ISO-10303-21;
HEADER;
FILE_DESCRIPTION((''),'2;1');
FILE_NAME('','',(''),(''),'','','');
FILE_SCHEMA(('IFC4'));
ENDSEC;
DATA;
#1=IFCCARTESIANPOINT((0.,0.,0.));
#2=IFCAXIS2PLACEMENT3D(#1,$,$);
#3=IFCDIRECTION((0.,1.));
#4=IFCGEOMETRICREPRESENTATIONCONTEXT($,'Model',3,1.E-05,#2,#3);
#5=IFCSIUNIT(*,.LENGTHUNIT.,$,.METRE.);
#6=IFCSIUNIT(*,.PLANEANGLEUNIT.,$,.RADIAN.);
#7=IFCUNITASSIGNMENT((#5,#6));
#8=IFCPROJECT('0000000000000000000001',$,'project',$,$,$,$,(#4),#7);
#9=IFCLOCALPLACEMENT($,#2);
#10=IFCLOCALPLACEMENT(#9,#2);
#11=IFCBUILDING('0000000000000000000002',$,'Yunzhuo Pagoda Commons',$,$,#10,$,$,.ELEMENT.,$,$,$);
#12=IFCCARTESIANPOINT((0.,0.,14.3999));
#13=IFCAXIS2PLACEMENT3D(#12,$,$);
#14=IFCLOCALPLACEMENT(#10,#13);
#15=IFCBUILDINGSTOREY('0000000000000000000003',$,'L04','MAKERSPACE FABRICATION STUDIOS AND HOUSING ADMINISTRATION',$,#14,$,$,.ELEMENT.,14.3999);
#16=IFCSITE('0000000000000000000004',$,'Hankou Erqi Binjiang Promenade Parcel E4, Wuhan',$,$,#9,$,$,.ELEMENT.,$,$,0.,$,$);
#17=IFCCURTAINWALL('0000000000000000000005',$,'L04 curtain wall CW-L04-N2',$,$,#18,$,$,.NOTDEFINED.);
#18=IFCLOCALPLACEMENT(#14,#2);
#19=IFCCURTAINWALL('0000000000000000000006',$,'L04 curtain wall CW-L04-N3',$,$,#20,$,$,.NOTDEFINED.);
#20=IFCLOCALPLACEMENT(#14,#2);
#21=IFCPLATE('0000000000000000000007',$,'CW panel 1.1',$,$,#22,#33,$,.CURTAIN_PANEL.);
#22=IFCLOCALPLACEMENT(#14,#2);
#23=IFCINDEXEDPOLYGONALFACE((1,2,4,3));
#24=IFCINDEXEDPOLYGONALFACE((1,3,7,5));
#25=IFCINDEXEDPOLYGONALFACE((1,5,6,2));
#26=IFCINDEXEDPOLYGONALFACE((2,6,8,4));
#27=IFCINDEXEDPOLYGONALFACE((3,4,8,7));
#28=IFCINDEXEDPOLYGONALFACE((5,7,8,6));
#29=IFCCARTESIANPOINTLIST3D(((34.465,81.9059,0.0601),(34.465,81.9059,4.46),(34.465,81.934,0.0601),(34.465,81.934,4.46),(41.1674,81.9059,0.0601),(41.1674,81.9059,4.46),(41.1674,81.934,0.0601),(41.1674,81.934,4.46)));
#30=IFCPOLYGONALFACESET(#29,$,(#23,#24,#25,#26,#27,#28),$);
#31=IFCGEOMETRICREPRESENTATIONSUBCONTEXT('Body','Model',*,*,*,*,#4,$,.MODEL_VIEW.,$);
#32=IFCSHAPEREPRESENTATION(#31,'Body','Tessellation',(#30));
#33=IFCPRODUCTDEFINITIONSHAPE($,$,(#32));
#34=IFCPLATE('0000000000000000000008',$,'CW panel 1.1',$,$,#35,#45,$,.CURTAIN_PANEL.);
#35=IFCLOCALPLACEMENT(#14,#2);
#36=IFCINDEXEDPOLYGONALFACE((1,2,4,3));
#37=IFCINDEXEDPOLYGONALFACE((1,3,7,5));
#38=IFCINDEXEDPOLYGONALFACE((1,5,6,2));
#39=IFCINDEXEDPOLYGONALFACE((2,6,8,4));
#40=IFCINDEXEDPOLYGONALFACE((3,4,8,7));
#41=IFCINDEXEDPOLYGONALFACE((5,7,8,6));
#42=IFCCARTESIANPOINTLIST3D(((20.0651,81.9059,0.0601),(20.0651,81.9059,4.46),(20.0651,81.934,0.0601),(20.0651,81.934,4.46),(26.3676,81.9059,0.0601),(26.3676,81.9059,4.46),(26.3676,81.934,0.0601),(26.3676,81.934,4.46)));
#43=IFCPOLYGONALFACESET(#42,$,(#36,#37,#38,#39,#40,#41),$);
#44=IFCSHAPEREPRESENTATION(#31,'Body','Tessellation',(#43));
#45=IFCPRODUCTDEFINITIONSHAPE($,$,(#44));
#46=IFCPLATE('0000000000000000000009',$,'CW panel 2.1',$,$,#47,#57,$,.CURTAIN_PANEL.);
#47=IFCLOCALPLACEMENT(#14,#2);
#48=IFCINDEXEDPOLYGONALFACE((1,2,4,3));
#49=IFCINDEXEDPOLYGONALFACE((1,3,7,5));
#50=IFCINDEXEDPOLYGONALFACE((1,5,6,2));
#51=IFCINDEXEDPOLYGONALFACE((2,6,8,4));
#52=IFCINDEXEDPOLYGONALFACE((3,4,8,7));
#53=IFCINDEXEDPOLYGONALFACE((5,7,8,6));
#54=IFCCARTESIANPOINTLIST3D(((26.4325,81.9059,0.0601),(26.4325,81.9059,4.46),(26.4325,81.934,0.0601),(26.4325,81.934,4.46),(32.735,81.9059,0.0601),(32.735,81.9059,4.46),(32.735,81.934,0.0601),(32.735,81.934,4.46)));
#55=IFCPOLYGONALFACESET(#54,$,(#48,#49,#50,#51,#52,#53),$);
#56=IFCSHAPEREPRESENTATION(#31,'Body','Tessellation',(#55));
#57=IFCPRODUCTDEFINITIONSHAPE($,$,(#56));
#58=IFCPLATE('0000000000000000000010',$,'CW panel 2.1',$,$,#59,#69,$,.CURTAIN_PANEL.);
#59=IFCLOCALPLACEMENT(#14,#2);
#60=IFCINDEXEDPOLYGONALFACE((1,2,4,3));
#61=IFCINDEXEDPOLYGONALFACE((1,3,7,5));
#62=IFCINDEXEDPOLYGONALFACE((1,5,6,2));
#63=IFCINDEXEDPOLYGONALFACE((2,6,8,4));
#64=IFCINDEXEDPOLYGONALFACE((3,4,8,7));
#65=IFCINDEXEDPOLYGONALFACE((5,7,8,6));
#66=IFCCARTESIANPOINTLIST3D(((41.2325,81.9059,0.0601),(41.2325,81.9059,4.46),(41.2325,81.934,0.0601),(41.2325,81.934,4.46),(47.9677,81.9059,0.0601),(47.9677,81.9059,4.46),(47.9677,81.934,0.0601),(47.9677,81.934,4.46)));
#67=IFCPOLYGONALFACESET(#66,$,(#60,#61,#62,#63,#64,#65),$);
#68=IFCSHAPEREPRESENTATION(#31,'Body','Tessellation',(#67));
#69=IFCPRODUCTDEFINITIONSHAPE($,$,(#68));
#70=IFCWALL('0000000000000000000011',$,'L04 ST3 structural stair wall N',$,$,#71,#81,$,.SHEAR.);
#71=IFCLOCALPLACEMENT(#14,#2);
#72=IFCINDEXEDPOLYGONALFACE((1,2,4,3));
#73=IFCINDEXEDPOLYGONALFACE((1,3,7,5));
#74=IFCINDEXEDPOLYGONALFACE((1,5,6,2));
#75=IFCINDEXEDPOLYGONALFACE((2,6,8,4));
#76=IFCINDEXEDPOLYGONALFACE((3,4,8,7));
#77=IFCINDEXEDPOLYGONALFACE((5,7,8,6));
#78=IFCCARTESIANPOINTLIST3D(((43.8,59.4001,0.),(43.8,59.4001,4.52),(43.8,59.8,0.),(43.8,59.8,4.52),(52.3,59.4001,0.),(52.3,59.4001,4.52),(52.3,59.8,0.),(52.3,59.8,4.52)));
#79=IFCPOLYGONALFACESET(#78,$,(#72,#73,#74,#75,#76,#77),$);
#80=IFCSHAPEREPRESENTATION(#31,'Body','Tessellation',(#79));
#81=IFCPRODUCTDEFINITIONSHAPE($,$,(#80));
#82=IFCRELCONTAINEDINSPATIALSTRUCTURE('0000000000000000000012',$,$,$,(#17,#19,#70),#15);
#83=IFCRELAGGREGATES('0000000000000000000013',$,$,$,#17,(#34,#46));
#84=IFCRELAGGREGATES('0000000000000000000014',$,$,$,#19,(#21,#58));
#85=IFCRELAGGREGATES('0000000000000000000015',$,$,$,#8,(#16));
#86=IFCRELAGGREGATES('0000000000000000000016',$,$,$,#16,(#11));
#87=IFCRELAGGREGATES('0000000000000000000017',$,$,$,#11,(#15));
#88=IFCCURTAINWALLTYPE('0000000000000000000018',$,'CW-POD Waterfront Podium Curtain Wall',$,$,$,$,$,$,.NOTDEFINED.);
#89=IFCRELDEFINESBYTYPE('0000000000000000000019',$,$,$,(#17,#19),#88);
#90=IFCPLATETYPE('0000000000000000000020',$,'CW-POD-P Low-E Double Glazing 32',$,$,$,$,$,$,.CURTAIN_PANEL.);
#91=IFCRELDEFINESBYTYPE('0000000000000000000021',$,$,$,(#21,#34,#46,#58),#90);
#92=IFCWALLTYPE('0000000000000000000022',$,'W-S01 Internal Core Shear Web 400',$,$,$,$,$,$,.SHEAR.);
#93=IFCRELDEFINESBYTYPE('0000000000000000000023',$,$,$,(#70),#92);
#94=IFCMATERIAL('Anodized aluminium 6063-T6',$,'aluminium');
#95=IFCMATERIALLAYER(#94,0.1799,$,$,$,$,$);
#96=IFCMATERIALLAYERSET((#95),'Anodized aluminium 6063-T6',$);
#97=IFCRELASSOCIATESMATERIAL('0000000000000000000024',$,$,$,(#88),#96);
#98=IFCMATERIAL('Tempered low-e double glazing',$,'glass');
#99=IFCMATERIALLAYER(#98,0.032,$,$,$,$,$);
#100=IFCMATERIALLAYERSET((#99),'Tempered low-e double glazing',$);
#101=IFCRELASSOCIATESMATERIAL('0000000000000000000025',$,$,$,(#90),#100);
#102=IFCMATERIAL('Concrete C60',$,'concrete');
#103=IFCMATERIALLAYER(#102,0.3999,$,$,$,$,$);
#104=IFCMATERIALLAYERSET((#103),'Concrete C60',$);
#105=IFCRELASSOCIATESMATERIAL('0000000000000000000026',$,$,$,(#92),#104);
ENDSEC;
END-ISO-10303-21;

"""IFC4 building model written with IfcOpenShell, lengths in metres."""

from ifc_helpers import new_model, si_unit, direction, frame, frame_2d, origin, origin_2d, place, context, subcontext, project, spatial, rectangle, extrude, source, transform, mapped, material, layer, layer_set, type_object, element, aggregate, save


model = new_model("IFC4")

# Units and contexts
model_context = context("Model", 3, precision=1e-05, world=origin(), true_north=direction((0.0, 1.0)))
body_context = subcontext(model_context, "Body", "Model", "MODEL_VIEW")
ifc_project = project(units=[si_unit("LENGTHUNIT", "METRE"), si_unit("PLANEANGLEUNIT", "RADIAN")], contexts=[model_context])

# Site, building, storey
site_placement = place(None, origin())
site = spatial("IfcSite", under=ifc_project, at=site_placement, Name="Hankou Erqi Binjiang Promenade Parcel E4, Wuhan", CompositionType="ELEMENT", RefElevation=0.0)
building_placement = place(site_placement, origin())
building = spatial("IfcBuilding", under=site, at=building_placement, Name="Yunzhuo Pagoda Commons", CompositionType="ELEMENT")
storey_placement = place(building_placement, frame((0.0, 0.0, 14.3999)))
storey = spatial("IfcBuildingStorey", under=building, at=storey_placement, Name="L04", Description="MAKERSPACE FABRICATION STUDIOS AND HOUSING ADMINISTRATION", CompositionType="ELEMENT", Elevation=14.3999)

# Curtain walls
ifc_material_1 = material(Name="Anodized aluminium 6063-T6", Category="aluminium")
ifc_layer_1 = layer(ifc_material_1, 0.1799)
ifc_layer_set_1 = layer_set([ifc_layer_1], Name="Anodized aluminium 6063-T6")
curtain_wall_type = type_object("IfcCurtainWallType", Name="CW-POD Waterfront Podium Curtain Wall", PredefinedType="NOTDEFINED", material=ifc_layer_set_1)
curtain_wall_1_placement = place(storey_placement, origin())
curtain_wall_1 = element("IfcCurtainWall", 1, at=curtain_wall_1_placement, inside=storey, type_object=curtain_wall_type, Name="L04 curtain wall CW-L04-N2", PredefinedType="NOTDEFINED")
curtain_wall_2_placement = place(storey_placement, origin())
curtain_wall_2 = element("IfcCurtainWall", 2, at=curtain_wall_2_placement, inside=storey, type_object=curtain_wall_type, Name="L04 curtain wall CW-L04-N3", PredefinedType="NOTDEFINED")

# Plates
ifc_material_2 = material(Name="Tempered low-e double glazing", Category="glass")
ifc_layer_2 = layer(ifc_material_2, 0.032)
ifc_layer_set_2 = layer_set([ifc_layer_2], Name="Tempered low-e double glazing")
plate_type = type_object("IfcPlateType", Name="CW-POD-P Low-E Double Glazing 32", PredefinedType="CURTAIN_PANEL", material=ifc_layer_set_2)
shared_shape_1 = source(origin(), body_context, "Body", "SweptSolid", [
    extrude(rectangle(XDim=6.7024, YDim=0.0281, at=origin_2d()), origin(), (0.0, 0.0, 1.0), 4.3999),
])
plate_1_placement = place(storey_placement, frame((37.8162, 81.9199, 0.0601), z_axis=(0.0, 0.0, 1.0), x_axis=(1.0, 0.0, 0.0)))
plate_1 = element("IfcPlate", 3, at=plate_1_placement, type_object=plate_type, Name="CW panel 1.1", PredefinedType="CURTAIN_PANEL", context=body_context, shape_type="MappedRepresentation", body=[
    mapped(shared_shape_1, transform((0.0, 0.0, 0.0), scale=1.0)),
])
shared_shape_2 = source(origin(), body_context, "Body", "SweptSolid", [
    extrude(rectangle(XDim=6.3025, YDim=0.0281, at=origin_2d()), origin(), (0.0, 0.0, 1.0), 4.3999),
])
plate_2_placement = place(storey_placement, frame((23.2163, 81.9199, 0.0601), z_axis=(0.0, 0.0, 1.0), x_axis=(1.0, 0.0, 0.0)))
plate_2 = element("IfcPlate", 4, at=plate_2_placement, type_object=plate_type, Name="CW panel 1.1", PredefinedType="CURTAIN_PANEL", context=body_context, shape_type="MappedRepresentation", body=[
    mapped(shared_shape_2, transform((0.0, 0.0, 0.0), scale=1.0)),
])
plate_3_placement = place(storey_placement, frame((29.5837, 81.9199, 0.0601), z_axis=(0.0, 0.0, 1.0), x_axis=(1.0, 0.0, 0.0)))
plate_3 = element("IfcPlate", 5, at=plate_3_placement, type_object=plate_type, Name="CW panel 2.1", PredefinedType="CURTAIN_PANEL", context=body_context, shape_type="MappedRepresentation", body=[
    mapped(shared_shape_2, transform((0.0, 0.0, 0.0), scale=1.0)),
])
aggregate(curtain_wall_1, [plate_2, plate_3])
shared_shape_3 = source(origin(), body_context, "Body", "SweptSolid", [
    extrude(rectangle(XDim=6.7351, YDim=0.0281, at=origin_2d()), origin(), (0.0, 0.0, 1.0), 4.3999),
])
plate_4_placement = place(storey_placement, frame((44.6001, 81.9199, 0.0601), z_axis=(0.0, 0.0, 1.0), x_axis=(1.0, 0.0, 0.0)))
plate_4 = element("IfcPlate", 6, at=plate_4_placement, type_object=plate_type, Name="CW panel 2.1", PredefinedType="CURTAIN_PANEL", context=body_context, shape_type="MappedRepresentation", body=[
    mapped(shared_shape_3, transform((0.0, 0.0, 0.0), scale=1.0)),
])
aggregate(curtain_wall_2, [plate_1, plate_4])

# Wall
ifc_material_3 = material(Name="Concrete C60", Category="concrete")
ifc_layer_3 = layer(ifc_material_3, 0.3999)
ifc_layer_set_3 = layer_set([ifc_layer_3], Name="Concrete C60")
wall_type = type_object("IfcWallType", Name="W-S01 Internal Core Shear Web 400", PredefinedType="SHEAR", material=ifc_layer_set_3)
wall_placement = place(storey_placement, frame((43.8, 59.6001, 0.0), z_axis=(0.0, 0.0, 1.0), x_axis=(1.0, 0.0, 0.0)))
element("IfcWall", 7, at=wall_placement, inside=storey, type_object=wall_type, Name="L04 ST3 structural stair wall N", PredefinedType="SHEAR", context=body_context, shape_type="SweptSolid", body=[
    extrude(rectangle(XDim=8.5, YDim=0.3999, at=frame_2d((4.25, 0.0))), origin(), (0.0, 0.0, 1.0), 4.52),
])

save(model, "model.ifc")
